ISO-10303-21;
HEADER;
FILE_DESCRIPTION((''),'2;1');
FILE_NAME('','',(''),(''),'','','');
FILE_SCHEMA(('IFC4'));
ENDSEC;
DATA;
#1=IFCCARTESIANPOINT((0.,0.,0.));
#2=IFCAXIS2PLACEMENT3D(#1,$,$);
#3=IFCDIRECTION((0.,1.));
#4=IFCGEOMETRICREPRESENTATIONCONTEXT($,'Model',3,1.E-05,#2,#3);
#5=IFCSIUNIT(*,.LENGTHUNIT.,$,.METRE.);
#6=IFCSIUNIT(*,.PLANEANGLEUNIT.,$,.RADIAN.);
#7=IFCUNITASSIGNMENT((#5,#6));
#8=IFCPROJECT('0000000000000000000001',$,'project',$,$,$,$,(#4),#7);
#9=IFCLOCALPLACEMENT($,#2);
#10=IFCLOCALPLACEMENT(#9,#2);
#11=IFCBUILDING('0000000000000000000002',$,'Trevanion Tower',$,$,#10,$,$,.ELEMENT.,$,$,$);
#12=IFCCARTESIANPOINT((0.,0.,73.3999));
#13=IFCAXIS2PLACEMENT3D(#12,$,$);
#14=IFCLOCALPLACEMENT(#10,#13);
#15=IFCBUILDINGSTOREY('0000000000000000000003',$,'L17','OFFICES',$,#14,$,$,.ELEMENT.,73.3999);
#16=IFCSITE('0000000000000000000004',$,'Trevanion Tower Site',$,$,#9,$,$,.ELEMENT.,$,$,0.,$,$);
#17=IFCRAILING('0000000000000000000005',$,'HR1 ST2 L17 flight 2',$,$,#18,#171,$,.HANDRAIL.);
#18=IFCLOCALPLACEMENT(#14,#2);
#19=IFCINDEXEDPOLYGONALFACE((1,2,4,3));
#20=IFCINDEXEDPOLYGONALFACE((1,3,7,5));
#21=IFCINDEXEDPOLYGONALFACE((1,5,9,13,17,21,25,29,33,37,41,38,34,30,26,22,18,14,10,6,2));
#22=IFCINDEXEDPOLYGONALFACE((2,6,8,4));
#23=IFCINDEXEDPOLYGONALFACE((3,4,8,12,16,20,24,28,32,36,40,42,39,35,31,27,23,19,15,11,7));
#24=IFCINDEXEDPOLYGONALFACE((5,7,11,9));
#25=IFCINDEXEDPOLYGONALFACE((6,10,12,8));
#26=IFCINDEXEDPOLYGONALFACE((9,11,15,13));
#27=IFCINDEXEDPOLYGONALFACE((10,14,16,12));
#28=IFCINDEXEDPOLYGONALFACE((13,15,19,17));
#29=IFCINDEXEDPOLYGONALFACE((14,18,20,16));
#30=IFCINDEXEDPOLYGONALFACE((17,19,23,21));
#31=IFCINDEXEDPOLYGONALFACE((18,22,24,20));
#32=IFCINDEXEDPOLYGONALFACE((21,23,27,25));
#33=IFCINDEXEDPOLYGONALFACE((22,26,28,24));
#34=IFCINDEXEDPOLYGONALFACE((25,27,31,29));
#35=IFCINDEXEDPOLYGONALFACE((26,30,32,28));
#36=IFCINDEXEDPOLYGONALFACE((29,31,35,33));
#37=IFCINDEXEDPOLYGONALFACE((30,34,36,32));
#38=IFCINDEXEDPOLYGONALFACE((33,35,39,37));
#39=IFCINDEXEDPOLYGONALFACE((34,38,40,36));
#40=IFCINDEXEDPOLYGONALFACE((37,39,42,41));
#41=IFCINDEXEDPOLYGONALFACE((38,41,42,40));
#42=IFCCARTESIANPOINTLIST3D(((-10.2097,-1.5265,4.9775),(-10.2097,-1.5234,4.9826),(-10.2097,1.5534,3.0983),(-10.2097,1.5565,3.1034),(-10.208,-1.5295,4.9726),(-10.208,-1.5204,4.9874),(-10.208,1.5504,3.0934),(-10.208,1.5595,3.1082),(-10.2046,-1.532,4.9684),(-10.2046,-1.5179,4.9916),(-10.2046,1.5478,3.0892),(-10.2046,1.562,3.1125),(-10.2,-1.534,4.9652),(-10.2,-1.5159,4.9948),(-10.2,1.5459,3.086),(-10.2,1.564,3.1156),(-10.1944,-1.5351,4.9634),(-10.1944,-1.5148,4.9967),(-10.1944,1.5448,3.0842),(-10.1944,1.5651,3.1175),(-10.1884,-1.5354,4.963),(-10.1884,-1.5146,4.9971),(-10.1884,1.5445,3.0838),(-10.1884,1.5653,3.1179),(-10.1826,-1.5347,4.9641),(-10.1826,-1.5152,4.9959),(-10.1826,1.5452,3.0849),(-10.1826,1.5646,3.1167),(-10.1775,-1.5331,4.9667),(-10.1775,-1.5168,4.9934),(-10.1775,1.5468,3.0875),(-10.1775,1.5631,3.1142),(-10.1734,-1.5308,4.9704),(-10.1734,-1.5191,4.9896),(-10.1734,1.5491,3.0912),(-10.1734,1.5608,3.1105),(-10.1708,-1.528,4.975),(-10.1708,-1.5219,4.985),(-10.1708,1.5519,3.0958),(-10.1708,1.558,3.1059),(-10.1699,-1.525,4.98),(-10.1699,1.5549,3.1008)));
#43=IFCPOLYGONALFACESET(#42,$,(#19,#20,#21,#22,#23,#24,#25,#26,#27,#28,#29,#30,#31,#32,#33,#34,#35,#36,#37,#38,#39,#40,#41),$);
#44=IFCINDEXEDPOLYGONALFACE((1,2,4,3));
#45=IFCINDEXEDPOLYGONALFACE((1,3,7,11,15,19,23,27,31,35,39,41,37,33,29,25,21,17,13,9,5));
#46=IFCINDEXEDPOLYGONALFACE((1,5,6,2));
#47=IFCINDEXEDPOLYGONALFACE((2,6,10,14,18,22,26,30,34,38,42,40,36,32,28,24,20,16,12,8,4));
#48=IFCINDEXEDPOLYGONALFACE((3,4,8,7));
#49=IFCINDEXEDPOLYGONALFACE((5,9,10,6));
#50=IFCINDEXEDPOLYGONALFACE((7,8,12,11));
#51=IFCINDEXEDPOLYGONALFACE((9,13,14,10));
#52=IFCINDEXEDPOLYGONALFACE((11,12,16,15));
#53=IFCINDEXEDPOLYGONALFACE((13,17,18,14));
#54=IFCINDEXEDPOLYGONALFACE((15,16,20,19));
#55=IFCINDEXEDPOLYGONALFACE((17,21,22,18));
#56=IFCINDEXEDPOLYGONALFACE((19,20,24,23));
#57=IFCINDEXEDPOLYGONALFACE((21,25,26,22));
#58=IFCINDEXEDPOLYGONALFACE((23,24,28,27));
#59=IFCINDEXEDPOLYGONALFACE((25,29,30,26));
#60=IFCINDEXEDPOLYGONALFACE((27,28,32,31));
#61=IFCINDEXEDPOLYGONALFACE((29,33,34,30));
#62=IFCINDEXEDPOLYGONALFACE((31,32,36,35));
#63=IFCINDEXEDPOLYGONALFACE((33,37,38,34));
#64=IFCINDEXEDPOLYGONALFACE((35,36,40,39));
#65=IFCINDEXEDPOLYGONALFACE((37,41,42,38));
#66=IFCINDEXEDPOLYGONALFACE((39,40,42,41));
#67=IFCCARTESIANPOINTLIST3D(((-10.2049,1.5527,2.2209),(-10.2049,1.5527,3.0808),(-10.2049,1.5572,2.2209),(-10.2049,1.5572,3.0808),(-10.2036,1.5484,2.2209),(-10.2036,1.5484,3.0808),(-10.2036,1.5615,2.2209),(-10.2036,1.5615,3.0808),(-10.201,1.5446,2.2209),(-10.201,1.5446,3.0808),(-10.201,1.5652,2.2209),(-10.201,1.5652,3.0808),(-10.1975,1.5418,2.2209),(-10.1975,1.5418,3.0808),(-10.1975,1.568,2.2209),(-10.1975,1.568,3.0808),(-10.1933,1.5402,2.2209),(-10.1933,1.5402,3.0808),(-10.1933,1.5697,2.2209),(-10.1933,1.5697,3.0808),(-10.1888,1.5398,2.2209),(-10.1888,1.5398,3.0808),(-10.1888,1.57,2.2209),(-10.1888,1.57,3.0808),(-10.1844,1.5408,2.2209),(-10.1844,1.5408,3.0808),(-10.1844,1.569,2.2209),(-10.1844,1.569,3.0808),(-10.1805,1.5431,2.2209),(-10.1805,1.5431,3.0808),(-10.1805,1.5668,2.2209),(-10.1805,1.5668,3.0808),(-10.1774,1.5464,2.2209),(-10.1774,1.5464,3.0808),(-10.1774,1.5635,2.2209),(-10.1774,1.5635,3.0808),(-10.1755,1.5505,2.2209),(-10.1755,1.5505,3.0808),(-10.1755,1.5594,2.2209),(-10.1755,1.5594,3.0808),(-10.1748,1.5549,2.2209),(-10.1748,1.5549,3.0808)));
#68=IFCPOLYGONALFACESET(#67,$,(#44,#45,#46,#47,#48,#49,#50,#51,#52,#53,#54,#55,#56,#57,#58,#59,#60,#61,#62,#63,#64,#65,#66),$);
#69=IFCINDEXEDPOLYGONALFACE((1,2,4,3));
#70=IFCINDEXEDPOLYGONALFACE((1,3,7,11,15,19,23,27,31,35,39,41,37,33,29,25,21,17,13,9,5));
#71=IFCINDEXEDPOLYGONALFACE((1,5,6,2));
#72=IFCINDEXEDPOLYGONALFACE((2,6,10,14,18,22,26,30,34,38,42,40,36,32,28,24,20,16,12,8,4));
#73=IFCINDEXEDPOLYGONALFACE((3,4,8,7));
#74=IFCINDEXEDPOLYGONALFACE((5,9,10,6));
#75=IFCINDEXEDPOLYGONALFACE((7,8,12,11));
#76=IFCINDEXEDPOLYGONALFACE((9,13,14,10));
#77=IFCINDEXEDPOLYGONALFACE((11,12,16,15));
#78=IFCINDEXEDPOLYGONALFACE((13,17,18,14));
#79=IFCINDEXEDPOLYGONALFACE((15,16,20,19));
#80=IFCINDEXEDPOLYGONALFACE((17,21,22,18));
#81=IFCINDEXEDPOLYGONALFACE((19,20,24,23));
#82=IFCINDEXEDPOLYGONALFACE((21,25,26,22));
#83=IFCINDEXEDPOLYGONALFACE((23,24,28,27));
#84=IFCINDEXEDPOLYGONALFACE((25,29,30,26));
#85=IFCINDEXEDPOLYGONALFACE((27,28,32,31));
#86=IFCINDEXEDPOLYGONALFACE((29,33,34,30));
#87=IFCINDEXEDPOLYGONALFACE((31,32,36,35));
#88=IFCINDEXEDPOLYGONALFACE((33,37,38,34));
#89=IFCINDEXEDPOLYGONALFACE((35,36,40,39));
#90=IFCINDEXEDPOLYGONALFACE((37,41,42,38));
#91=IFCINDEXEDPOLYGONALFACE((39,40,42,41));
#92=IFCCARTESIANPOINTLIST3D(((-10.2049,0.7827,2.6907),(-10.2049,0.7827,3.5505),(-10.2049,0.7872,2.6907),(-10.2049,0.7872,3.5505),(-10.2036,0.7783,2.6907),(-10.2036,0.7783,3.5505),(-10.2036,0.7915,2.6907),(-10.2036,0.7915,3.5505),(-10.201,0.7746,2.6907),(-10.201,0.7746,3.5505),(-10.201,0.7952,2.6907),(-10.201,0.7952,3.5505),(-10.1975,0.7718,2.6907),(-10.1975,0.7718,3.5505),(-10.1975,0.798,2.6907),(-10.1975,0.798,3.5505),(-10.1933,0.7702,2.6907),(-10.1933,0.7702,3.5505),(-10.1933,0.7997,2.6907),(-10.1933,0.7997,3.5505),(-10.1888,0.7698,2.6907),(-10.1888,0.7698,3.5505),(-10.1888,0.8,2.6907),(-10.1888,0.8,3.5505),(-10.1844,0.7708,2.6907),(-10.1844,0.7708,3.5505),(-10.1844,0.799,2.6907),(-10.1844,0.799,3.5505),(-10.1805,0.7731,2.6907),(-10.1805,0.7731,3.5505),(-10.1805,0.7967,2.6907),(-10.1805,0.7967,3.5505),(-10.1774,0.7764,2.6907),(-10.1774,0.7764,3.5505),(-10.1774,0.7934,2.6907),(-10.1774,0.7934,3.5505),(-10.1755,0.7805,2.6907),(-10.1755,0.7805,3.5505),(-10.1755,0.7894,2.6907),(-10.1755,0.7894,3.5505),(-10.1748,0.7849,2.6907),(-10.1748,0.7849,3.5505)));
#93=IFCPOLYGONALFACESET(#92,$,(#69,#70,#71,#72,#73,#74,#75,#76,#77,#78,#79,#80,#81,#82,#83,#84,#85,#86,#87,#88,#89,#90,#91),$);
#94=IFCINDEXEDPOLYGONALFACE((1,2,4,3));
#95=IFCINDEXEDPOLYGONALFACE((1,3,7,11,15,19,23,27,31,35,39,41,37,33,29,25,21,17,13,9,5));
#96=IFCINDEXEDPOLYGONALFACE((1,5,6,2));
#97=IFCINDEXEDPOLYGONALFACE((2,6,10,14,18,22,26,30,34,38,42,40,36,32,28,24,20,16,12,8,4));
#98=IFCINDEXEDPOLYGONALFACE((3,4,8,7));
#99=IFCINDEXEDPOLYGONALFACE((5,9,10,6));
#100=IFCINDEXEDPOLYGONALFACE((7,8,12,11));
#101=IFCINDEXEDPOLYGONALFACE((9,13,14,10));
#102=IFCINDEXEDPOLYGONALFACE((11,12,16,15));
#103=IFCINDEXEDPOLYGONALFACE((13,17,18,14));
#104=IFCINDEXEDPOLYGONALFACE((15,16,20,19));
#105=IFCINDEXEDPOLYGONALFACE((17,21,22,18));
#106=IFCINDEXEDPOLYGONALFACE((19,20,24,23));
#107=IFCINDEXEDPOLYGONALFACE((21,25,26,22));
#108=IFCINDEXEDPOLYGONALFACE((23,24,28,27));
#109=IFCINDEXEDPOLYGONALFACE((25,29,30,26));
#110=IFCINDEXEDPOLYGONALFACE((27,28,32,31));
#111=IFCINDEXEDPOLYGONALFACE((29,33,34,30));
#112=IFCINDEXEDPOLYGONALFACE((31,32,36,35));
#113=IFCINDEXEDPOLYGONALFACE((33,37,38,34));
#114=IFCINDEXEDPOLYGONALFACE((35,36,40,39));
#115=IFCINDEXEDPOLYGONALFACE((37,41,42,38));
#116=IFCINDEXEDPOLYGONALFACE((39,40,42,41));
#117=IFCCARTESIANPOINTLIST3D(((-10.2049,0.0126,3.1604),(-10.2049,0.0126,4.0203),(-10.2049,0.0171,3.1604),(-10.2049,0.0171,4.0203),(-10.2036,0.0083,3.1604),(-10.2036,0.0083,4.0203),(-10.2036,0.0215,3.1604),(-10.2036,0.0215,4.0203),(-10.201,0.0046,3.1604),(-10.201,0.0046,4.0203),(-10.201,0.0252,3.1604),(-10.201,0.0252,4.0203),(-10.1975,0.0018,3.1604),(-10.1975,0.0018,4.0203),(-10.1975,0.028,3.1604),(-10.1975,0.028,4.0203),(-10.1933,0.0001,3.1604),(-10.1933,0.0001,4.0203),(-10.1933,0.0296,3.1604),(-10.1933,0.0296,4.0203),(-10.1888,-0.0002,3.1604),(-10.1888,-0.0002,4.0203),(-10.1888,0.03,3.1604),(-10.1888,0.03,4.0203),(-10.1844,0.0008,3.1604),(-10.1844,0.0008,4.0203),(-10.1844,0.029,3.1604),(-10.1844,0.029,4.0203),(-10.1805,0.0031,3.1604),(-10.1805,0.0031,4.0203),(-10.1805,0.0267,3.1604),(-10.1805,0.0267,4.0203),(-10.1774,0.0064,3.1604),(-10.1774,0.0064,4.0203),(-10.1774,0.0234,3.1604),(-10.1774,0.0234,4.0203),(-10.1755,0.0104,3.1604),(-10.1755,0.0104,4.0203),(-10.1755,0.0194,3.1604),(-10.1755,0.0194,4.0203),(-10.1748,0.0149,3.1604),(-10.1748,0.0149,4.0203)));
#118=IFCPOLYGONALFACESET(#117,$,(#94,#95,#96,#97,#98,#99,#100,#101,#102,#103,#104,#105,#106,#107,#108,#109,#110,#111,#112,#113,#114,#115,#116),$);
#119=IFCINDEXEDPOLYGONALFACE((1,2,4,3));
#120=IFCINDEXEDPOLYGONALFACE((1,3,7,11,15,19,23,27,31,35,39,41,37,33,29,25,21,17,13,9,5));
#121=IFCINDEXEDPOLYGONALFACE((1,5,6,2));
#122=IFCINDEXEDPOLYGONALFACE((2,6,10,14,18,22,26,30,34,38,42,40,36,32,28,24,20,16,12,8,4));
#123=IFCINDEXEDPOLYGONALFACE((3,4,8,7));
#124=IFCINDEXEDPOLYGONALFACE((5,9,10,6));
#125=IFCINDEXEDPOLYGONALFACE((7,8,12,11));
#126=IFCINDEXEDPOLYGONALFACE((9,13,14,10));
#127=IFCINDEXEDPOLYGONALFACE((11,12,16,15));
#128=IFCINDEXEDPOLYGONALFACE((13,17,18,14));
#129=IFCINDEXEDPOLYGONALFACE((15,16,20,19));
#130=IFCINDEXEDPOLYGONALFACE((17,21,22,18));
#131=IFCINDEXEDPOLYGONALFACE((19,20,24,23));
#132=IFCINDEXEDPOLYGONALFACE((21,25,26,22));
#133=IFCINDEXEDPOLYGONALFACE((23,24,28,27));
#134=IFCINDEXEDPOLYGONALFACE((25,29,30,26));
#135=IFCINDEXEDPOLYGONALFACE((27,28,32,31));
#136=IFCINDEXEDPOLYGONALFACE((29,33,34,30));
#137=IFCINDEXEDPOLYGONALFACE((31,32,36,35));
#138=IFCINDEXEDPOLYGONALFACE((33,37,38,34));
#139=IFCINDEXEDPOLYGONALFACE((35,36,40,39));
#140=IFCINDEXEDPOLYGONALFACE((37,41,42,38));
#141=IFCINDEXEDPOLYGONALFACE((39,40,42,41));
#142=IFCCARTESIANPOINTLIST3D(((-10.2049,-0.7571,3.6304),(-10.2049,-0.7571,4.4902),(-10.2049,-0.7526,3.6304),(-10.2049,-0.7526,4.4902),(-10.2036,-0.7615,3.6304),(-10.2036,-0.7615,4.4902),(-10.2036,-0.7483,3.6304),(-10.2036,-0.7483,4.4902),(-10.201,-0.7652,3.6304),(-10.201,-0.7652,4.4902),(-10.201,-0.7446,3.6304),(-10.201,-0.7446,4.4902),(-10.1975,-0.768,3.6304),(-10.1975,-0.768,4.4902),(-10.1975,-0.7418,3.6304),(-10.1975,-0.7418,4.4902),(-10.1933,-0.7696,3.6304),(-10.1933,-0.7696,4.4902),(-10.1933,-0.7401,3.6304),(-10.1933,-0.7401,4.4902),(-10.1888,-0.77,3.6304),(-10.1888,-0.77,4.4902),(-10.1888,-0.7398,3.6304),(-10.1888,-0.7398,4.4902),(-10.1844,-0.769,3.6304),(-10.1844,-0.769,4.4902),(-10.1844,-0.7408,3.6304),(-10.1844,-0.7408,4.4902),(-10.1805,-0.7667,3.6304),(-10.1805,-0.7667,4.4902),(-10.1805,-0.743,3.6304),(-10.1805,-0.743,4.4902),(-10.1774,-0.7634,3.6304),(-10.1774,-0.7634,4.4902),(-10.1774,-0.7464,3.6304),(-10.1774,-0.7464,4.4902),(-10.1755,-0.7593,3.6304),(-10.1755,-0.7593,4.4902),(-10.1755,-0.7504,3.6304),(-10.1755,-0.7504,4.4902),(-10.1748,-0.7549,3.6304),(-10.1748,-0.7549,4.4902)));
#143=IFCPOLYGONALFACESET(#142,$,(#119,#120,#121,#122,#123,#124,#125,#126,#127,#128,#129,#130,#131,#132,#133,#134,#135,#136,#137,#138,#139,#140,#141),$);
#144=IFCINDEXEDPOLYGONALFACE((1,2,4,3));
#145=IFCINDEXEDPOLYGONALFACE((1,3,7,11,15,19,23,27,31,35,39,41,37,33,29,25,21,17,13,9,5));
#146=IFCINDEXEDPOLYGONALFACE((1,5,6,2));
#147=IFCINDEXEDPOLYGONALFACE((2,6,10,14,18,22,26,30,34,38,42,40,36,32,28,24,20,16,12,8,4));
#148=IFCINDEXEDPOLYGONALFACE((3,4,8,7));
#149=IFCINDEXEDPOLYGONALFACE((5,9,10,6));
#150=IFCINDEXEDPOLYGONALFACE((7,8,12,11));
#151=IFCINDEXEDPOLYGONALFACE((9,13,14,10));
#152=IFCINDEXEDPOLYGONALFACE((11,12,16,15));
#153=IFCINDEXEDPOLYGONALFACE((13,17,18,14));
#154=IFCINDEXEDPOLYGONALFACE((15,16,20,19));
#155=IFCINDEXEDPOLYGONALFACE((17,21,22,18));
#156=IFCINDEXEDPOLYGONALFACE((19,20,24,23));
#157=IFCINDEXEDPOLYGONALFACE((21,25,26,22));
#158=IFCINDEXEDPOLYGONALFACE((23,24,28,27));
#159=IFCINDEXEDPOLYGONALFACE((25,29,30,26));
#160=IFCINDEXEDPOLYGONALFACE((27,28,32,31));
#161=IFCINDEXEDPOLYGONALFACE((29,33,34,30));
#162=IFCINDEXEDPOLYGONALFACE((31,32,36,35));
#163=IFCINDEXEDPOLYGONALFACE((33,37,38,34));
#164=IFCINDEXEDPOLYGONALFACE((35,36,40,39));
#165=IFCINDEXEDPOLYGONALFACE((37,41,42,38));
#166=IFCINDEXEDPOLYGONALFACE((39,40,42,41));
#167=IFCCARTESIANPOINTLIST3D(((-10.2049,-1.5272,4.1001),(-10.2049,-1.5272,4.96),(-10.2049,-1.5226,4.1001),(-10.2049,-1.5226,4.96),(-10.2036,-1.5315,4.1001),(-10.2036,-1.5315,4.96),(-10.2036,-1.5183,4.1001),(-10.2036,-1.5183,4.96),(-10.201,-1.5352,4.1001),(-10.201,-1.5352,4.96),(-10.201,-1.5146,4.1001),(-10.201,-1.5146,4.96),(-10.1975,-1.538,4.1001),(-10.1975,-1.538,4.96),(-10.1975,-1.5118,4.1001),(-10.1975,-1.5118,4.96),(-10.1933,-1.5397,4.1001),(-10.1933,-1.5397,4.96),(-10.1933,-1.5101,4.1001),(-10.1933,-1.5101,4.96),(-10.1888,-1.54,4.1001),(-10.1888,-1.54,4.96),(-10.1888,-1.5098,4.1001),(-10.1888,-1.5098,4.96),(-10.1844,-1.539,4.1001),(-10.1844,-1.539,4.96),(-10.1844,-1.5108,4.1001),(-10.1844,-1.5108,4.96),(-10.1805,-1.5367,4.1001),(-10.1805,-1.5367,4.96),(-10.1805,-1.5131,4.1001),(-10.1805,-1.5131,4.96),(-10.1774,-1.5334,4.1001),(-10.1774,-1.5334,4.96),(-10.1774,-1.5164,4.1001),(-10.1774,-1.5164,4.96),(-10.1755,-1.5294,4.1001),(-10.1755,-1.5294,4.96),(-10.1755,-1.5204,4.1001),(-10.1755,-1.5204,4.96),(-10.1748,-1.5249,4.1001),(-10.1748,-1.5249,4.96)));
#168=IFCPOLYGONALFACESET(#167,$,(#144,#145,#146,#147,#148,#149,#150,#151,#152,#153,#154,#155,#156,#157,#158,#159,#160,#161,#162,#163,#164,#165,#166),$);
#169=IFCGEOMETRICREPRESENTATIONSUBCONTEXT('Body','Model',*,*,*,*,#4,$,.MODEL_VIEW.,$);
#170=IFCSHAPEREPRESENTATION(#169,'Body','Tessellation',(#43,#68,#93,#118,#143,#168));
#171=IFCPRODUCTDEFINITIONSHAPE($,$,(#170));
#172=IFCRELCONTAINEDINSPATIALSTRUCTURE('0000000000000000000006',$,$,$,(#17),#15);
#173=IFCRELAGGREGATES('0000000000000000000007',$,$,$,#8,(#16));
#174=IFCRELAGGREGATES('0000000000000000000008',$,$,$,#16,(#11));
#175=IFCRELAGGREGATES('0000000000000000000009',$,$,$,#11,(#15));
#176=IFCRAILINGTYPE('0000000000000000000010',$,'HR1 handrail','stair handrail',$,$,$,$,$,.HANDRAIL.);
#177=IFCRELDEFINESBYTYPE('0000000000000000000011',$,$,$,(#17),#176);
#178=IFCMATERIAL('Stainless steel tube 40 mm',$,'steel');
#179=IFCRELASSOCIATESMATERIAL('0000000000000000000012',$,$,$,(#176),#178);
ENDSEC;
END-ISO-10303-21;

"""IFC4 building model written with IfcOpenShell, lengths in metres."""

from ifc_helpers import new_model, si_unit, direction, frame, origin, origin_2d, place, context, subcontext, project, spatial, circle, extrude, material, type_object, element, save


model = new_model("IFC4")

# Units and contexts
model_context = context("Model", 3, precision=1e-05, world=origin(), true_north=direction((0.0, 1.0)))
body_context = subcontext(model_context, "Body", "Model", "MODEL_VIEW")
ifc_project = project(units=[si_unit("LENGTHUNIT", "METRE"), si_unit("PLANEANGLEUNIT", "RADIAN")], contexts=[model_context])

# Site, building, storey
site_placement = place(None, origin())
site = spatial("IfcSite", under=ifc_project, at=site_placement, Name="Trevanion Tower Site", CompositionType="ELEMENT", RefElevation=0.0)
building_placement = place(site_placement, origin())
building = spatial("IfcBuilding", under=site, at=building_placement, Name="Trevanion Tower", CompositionType="ELEMENT")
storey_placement = place(building_placement, frame((0.0, 0.0, 73.3999)))
storey = spatial("IfcBuildingStorey", under=building, at=storey_placement, Name="L17", Description="OFFICES", CompositionType="ELEMENT", Elevation=73.3999)

# Railing
ifc_material_1 = material(Name="Stainless steel tube 40 mm", Category="steel")
railing_type = type_object("IfcRailingType", Name="HR1 handrail", Description="stair handrail", PredefinedType="HANDRAIL", material=ifc_material_1)
for number, where, name in (
    (1, (-10.1899, 1.5549, 2.2209), "HR1 ST2 L17 flight 2"),
):
    element("IfcRailing", number, at=place(storey_placement, frame(where)), inside=storey, type_object=railing_type, Name=name, PredefinedType="HANDRAIL", context=body_context, shape_type="SweptSolid", body=[
        extrude(circle(Radius=0.02, at=origin_2d()), frame((0.0, 0.0, 0.8799), z_axis=(0.0, -0.853648, 0.52085), x_axis=(1.0, 0.0, 0.0)), (0.0, 0.0, 1.0), 3.6079),
        extrude(circle(Radius=0.0151, at=origin_2d()), origin(), (0.0, 0.0, 1.0), 0.8599),
        extrude(circle(Radius=0.0151, at=origin_2d()), frame((0.0, -0.77, 0.4697)), (0.0, 0.0, 1.0), 0.8599),
        extrude(circle(Radius=0.0151, at=origin_2d()), frame((0.0, -1.54, 0.9395)), (0.0, 0.0, 1.0), 0.8599),
        extrude(circle(Radius=0.0151, at=origin_2d()), frame((0.0, -2.3098, 1.4094)), (0.0, 0.0, 1.0), 0.8599),
        extrude(circle(Radius=0.0151, at=origin_2d()), frame((0.0, -3.0798, 1.8792)), (0.0, 0.0, 1.0), 0.8599),
    ])

save(model, "model.ifc")
